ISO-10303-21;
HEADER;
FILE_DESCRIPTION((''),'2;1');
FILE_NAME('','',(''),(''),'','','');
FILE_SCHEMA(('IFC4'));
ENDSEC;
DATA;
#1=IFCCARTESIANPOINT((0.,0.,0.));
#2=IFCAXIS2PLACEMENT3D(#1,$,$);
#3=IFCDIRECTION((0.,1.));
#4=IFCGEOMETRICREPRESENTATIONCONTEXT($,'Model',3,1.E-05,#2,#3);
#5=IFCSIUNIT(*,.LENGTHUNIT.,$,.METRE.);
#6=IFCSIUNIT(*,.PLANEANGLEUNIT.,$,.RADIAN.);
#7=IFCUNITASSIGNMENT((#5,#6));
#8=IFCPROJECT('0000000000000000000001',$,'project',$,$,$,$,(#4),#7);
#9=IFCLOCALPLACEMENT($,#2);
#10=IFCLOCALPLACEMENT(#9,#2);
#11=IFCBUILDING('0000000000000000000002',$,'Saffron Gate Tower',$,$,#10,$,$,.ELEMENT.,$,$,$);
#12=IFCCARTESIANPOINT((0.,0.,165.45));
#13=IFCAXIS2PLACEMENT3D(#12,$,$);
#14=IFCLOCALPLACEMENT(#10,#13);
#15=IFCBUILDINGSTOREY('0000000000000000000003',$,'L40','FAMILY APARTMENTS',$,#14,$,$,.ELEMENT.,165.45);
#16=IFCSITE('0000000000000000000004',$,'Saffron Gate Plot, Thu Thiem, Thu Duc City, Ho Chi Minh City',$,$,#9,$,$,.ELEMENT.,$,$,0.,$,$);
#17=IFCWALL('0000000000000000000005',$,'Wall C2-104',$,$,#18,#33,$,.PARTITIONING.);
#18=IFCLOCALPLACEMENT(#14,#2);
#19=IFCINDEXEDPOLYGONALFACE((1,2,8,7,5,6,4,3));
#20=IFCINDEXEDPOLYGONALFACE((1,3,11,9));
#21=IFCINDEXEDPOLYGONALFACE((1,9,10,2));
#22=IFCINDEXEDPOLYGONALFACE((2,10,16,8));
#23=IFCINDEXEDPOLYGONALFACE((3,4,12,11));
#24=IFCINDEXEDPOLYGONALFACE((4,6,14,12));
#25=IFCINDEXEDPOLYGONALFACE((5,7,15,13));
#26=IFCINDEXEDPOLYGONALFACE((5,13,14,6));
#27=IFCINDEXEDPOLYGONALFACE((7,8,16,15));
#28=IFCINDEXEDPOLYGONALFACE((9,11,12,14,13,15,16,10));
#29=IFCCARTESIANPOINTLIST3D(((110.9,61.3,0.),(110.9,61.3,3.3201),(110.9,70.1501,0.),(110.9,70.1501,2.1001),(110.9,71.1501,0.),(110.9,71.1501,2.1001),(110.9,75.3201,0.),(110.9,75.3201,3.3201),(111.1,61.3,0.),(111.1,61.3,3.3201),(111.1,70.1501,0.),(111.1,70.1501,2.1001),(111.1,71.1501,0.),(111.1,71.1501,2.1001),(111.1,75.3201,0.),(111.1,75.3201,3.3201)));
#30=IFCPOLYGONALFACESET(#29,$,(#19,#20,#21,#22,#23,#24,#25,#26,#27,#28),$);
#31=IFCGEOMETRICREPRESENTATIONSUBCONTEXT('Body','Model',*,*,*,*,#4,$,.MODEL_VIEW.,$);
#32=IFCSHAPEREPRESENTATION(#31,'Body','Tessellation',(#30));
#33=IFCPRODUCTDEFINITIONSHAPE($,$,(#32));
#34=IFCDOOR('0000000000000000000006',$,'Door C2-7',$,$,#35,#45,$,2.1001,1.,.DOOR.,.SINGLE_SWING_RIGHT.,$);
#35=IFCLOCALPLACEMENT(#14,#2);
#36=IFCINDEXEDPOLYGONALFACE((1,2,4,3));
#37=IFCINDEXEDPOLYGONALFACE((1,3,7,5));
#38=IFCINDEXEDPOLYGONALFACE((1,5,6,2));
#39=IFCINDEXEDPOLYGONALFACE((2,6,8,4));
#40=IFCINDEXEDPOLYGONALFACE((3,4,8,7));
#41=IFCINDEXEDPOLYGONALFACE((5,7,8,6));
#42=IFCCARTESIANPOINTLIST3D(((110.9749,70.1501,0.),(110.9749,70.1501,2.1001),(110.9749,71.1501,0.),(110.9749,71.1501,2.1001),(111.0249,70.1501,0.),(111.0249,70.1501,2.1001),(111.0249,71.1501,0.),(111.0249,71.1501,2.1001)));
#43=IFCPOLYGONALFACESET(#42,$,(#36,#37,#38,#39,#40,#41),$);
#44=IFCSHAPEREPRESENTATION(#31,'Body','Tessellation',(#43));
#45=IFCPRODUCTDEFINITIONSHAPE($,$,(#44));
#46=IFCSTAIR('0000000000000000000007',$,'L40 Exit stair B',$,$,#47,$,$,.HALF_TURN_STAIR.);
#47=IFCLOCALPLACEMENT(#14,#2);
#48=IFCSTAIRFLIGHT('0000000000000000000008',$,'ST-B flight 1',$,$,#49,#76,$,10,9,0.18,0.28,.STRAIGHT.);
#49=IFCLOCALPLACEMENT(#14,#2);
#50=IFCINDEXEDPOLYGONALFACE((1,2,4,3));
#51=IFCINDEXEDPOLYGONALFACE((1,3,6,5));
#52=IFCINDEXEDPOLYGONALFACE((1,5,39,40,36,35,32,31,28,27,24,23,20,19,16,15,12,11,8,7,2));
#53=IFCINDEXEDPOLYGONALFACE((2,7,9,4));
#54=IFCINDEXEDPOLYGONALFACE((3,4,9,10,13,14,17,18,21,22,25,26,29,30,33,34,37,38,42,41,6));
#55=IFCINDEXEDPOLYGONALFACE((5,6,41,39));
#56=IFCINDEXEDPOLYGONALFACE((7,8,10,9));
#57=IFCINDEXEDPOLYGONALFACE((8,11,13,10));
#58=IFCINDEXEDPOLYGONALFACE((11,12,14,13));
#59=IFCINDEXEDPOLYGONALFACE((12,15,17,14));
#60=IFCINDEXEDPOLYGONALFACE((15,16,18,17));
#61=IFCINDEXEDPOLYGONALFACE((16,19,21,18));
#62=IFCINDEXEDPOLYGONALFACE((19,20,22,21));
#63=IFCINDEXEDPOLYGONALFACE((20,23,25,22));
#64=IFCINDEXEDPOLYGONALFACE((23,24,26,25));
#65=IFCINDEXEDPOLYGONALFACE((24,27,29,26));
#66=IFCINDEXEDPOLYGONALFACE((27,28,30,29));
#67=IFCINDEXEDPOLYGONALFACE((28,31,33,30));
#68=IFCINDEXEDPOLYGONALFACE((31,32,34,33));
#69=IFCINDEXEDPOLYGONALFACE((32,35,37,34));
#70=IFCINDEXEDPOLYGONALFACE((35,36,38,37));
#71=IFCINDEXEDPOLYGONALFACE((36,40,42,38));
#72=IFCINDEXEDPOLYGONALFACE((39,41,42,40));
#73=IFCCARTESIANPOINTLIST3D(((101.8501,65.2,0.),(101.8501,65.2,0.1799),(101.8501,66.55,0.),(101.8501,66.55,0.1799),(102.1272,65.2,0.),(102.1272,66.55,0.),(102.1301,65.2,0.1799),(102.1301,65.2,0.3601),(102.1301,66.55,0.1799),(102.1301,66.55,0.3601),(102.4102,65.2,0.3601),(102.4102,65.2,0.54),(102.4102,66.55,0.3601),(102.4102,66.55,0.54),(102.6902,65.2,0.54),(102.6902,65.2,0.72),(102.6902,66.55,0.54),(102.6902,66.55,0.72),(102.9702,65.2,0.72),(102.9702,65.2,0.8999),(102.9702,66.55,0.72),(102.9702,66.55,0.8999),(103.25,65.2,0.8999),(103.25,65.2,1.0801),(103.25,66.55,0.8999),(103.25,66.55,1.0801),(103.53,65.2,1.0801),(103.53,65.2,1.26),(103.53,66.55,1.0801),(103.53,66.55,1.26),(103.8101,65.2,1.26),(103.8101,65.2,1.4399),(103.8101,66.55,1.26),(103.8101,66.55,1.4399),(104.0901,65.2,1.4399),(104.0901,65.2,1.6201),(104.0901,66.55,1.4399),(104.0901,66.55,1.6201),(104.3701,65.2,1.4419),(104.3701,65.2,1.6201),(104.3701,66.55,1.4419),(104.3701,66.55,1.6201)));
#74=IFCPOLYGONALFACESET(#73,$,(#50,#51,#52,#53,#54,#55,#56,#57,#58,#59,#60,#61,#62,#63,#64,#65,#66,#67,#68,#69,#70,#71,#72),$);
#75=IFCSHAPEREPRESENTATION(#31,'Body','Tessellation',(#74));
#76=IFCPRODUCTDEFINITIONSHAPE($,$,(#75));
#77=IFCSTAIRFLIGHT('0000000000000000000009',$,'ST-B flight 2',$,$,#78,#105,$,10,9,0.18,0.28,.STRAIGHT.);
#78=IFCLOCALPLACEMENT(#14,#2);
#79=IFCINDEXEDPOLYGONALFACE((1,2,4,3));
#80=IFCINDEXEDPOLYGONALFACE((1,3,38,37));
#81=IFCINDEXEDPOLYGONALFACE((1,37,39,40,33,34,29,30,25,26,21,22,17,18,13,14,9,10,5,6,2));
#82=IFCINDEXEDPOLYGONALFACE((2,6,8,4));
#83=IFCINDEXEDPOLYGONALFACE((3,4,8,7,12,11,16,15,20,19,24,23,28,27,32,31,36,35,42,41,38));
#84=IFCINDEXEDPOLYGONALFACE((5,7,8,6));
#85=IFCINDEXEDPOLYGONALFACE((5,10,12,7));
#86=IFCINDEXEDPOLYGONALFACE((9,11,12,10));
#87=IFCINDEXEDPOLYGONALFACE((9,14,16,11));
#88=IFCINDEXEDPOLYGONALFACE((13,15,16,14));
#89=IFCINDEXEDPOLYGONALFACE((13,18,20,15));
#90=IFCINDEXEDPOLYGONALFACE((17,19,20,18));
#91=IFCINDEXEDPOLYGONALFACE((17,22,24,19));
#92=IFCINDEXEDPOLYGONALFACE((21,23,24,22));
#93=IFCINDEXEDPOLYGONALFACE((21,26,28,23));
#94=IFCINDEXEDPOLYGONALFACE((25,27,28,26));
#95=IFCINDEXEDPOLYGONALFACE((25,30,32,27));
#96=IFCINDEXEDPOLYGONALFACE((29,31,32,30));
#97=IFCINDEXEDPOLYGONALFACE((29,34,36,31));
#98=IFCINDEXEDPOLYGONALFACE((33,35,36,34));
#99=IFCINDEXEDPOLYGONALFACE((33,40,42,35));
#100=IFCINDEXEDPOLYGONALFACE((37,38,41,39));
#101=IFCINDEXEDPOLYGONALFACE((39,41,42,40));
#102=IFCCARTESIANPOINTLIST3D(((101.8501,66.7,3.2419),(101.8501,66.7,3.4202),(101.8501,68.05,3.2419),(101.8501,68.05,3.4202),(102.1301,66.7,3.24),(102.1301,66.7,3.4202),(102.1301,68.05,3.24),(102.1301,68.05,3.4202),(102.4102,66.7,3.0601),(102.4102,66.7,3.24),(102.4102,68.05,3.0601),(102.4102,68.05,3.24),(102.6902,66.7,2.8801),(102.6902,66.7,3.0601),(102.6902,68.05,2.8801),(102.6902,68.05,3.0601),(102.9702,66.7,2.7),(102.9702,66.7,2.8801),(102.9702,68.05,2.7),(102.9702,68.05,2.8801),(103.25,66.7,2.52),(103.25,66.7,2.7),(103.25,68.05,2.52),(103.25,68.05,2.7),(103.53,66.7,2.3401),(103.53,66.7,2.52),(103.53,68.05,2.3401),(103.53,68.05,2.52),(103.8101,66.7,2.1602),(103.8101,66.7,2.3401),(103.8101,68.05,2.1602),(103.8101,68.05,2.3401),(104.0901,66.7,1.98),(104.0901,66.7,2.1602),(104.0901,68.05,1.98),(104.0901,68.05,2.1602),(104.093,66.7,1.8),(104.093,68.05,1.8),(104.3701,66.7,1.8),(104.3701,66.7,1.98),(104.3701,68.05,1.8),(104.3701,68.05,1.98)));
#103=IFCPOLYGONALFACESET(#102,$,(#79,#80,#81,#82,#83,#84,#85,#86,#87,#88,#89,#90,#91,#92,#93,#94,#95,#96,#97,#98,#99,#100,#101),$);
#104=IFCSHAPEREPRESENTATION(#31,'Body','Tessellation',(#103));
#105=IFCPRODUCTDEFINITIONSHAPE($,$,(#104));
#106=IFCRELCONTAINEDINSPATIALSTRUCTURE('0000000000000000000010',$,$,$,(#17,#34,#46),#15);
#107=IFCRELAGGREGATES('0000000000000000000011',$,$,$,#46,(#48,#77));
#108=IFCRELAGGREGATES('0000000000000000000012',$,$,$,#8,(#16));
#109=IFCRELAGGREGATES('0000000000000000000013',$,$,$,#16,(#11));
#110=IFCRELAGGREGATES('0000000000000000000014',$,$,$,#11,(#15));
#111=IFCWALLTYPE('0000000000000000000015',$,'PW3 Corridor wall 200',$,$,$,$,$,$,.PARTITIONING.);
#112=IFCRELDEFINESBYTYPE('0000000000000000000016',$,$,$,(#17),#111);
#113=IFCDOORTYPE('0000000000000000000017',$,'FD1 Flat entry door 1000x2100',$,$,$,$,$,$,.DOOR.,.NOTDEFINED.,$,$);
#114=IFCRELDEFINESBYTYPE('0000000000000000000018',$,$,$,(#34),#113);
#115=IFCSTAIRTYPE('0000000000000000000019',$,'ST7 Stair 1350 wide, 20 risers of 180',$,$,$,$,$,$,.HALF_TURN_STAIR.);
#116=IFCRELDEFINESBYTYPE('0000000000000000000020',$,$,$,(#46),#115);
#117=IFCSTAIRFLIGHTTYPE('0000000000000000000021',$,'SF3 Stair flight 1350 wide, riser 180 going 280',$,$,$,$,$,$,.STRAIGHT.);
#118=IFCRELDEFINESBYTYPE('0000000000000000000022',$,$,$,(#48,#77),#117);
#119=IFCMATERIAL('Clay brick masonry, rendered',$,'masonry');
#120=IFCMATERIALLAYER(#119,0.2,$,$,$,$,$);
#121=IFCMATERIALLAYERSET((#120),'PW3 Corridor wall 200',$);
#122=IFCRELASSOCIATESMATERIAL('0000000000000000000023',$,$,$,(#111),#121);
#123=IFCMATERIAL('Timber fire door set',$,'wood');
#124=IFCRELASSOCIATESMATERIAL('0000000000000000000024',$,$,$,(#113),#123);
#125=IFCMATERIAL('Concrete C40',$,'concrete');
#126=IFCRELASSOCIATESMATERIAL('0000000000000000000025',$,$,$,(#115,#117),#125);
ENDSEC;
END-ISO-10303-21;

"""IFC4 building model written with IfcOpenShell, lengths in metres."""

from ifc_helpers import new_model, si_unit, direction, frame, frame_2d, origin, place, context, subcontext, project, spatial, polyline, rectangle, outline, extrude, material, layer, layer_set, type_object, element, fill, aggregate, save


model = new_model("IFC4")

# Units and contexts
model_context = context("Model", 3, precision=1e-05, world=origin(), true_north=direction((0.0, 1.0)))
body_context = subcontext(model_context, "Body", "Model", "MODEL_VIEW")
ifc_project = project(units=[si_unit("LENGTHUNIT", "METRE"), si_unit("PLANEANGLEUNIT", "RADIAN")], contexts=[model_context])

# Site, building, storey
site_placement = place(None, origin())
site = spatial("IfcSite", under=ifc_project, at=site_placement, Name="Saffron Gate Plot, Thu Thiem, Thu Duc City, Ho Chi Minh City", CompositionType="ELEMENT", RefElevation=0.0)
building_placement = place(site_placement, origin())
building = spatial("IfcBuilding", under=site, at=building_placement, Name="Saffron Gate Tower", CompositionType="ELEMENT")
storey_placement = place(building_placement, frame((0.0, 0.0, 165.45)))
storey = spatial("IfcBuildingStorey", under=building, at=storey_placement, Name="L40", Description="FAMILY APARTMENTS", CompositionType="ELEMENT", Elevation=165.45)

# Shared definitions
ifc_material_1 = material(Name="Clay brick masonry, rendered", Category="masonry")
ifc_layer_1 = layer(ifc_material_1, 0.2)
ifc_layer_set_1 = layer_set([ifc_layer_1], Name="PW3 Corridor wall 200")
wall_type_1 = type_object("IfcWallType", Name="PW3 Corridor wall 200", PredefinedType="PARTITIONING", material=ifc_layer_set_1)

# Wall, opening, door
wall_1_placement = place(storey_placement, frame((111.0, 75.3201, 0.0), z_axis=(0.0, 0.0, 1.0), x_axis=(0.0, -1.0, 0.0)))
wall_1 = element("IfcWall", 1, at=wall_1_placement, inside=storey, type_object=wall_type_1, Name="Wall C2-104", PredefinedType="PARTITIONING", context=body_context, shape_type="SweptSolid", body=[
    extrude(rectangle(XDim=14.02, YDim=0.2, at=frame_2d((7.01, 0.0))), origin(), (0.0, 0.0, 1.0), 3.3201),
])
opening_1_placement = place(wall_1_placement, frame((4.1699, 0.0, 0.0)))
opening_1 = element("IfcOpeningElement", 2, at=opening_1_placement, cuts=wall_1, PredefinedType="OPENING", context=body_context, shape_type="SweptSolid", body=[
    extrude(rectangle(XDim=1.0, YDim=2.1001, at=frame_2d((0.5, 1.05))), frame((0.0, 0.1099, 0.0), z_axis=(0.0, -1.0, 0.0), x_axis=(1.0, 0.0, 0.0)), (0.0, 0.0, 1.0), 0.22),
])
ifc_material_2 = material(Name="Timber fire door set", Category="wood")
door_type_1 = type_object("IfcDoorType", Name="FD1 Flat entry door 1000x2100", OperationType="NOTDEFINED", PredefinedType="DOOR", material=ifc_material_2)
door_1_placement = place(opening_1_placement, origin())
door_1 = element("IfcDoor", 3, at=door_1_placement, inside=storey, type_object=door_type_1, Name="Door C2-7", OperationType="SINGLE_SWING_RIGHT", OverallHeight=2.1001, OverallWidth=1.0, PredefinedType="DOOR", context=body_context, shape_type="SweptSolid", body=[
    extrude(rectangle(XDim=1.0, YDim=2.1001, at=frame_2d((0.5, 1.05))), frame((0.0, 0.0249, 0.0), z_axis=(0.0, -1.0, 0.0), x_axis=(1.0, 0.0, 0.0)), (0.0, 0.0, 1.0), 0.05),
])
fill(opening_1, door_1)

# Stair, stair flights
ifc_material_3 = material(Name="Concrete C40", Category="concrete")
stair_type = type_object("IfcStairType", Name="ST7 Stair 1350 wide, 20 risers of 180", PredefinedType="HALF_TURN_STAIR", material=ifc_material_3)
stair_placement = place(storey_placement, origin())
stair = element("IfcStair", 4, at=stair_placement, inside=storey, type_object=stair_type, Name="L40 Exit stair B", PredefinedType="HALF_TURN_STAIR")
stair_flight_type = type_object("IfcStairFlightType", Name="SF3 Stair flight 1350 wide, riser 180 going 280", PredefinedType="STRAIGHT", material=ifc_material_3)
stair_flight_1_placement = place(storey_placement, frame((101.8501, 65.875, 0.0), z_axis=(0.0, 0.0, 1.0), x_axis=(1.0, 0.0, 0.0)))
stair_flight_1 = element("IfcStairFlight", 5, at=stair_flight_1_placement, type_object=stair_flight_type, Name="ST-B flight 1", NumberOfRisers=10, NumberOfTreads=9, PredefinedType="STRAIGHT", RiserHeight=0.18, TreadLength=0.28, context=body_context, shape_type="SweptSolid", body=[
    extrude(outline(polyline([(0.0, 0.0), (0.0, 0.1799), (0.28, 0.1799), (0.28, 0.3601), (0.5601, 0.3601), (0.5601, 0.54), (0.8401, 0.54), (0.8401, 0.72), (1.1201, 0.72), (1.1201, 0.8999), (1.3999, 0.8999), (1.3999, 1.0801), (1.6799, 1.0801), (1.6799, 1.26), (1.96, 1.26), (1.96, 1.4399), (2.24, 1.4399), (2.24, 1.6201), (2.52, 1.6201), (2.52, 1.8), (2.52, 1.4419), (0.2771, 0.0), (0.0, 0.0)])), frame((0.0, 0.675, 0.0), z_axis=(0.0, -1.0, 0.0), x_axis=(1.0, 0.0, 0.0)), (0.0, 0.0, 1.0), 1.3501),
])
stair_flight_2_placement = place(storey_placement, frame((104.3701, 67.375, 1.8), z_axis=(0.0, 0.0, 1.0), x_axis=(-1.0, 0.0, 0.0)))
stair_flight_2 = element("IfcStairFlight", 6, at=stair_flight_2_placement, type_object=stair_flight_type, Name="ST-B flight 2", NumberOfRisers=10, NumberOfTreads=9, PredefinedType="STRAIGHT", RiserHeight=0.18, TreadLength=0.28, context=body_context, shape_type="SweptSolid", body=[
    extrude(outline(polyline([(0.0, 0.0), (0.0, 0.1799), (0.28, 0.1799), (0.28, 0.3601), (0.5601, 0.3601), (0.5601, 0.54), (0.8401, 0.54), (0.8401, 0.72), (1.1201, 0.72), (1.1201, 0.8999), (1.3999, 0.8999), (1.3999, 1.0801), (1.6799, 1.0801), (1.6799, 1.26), (1.96, 1.26), (1.96, 1.4399), (2.24, 1.4399), (2.24, 1.6201), (2.52, 1.6201), (2.52, 1.8), (2.52, 1.4419), (0.2771, 0.0), (0.0, 0.0)])), frame((0.0, 0.675, 0.0), z_axis=(0.0, -1.0, 0.0), x_axis=(1.0, 0.0, 0.0)), (0.0, 0.0, 1.0), 1.3501),
])
aggregate(stair, [stair_flight_1, stair_flight_2])

save(model, "model.ifc")
